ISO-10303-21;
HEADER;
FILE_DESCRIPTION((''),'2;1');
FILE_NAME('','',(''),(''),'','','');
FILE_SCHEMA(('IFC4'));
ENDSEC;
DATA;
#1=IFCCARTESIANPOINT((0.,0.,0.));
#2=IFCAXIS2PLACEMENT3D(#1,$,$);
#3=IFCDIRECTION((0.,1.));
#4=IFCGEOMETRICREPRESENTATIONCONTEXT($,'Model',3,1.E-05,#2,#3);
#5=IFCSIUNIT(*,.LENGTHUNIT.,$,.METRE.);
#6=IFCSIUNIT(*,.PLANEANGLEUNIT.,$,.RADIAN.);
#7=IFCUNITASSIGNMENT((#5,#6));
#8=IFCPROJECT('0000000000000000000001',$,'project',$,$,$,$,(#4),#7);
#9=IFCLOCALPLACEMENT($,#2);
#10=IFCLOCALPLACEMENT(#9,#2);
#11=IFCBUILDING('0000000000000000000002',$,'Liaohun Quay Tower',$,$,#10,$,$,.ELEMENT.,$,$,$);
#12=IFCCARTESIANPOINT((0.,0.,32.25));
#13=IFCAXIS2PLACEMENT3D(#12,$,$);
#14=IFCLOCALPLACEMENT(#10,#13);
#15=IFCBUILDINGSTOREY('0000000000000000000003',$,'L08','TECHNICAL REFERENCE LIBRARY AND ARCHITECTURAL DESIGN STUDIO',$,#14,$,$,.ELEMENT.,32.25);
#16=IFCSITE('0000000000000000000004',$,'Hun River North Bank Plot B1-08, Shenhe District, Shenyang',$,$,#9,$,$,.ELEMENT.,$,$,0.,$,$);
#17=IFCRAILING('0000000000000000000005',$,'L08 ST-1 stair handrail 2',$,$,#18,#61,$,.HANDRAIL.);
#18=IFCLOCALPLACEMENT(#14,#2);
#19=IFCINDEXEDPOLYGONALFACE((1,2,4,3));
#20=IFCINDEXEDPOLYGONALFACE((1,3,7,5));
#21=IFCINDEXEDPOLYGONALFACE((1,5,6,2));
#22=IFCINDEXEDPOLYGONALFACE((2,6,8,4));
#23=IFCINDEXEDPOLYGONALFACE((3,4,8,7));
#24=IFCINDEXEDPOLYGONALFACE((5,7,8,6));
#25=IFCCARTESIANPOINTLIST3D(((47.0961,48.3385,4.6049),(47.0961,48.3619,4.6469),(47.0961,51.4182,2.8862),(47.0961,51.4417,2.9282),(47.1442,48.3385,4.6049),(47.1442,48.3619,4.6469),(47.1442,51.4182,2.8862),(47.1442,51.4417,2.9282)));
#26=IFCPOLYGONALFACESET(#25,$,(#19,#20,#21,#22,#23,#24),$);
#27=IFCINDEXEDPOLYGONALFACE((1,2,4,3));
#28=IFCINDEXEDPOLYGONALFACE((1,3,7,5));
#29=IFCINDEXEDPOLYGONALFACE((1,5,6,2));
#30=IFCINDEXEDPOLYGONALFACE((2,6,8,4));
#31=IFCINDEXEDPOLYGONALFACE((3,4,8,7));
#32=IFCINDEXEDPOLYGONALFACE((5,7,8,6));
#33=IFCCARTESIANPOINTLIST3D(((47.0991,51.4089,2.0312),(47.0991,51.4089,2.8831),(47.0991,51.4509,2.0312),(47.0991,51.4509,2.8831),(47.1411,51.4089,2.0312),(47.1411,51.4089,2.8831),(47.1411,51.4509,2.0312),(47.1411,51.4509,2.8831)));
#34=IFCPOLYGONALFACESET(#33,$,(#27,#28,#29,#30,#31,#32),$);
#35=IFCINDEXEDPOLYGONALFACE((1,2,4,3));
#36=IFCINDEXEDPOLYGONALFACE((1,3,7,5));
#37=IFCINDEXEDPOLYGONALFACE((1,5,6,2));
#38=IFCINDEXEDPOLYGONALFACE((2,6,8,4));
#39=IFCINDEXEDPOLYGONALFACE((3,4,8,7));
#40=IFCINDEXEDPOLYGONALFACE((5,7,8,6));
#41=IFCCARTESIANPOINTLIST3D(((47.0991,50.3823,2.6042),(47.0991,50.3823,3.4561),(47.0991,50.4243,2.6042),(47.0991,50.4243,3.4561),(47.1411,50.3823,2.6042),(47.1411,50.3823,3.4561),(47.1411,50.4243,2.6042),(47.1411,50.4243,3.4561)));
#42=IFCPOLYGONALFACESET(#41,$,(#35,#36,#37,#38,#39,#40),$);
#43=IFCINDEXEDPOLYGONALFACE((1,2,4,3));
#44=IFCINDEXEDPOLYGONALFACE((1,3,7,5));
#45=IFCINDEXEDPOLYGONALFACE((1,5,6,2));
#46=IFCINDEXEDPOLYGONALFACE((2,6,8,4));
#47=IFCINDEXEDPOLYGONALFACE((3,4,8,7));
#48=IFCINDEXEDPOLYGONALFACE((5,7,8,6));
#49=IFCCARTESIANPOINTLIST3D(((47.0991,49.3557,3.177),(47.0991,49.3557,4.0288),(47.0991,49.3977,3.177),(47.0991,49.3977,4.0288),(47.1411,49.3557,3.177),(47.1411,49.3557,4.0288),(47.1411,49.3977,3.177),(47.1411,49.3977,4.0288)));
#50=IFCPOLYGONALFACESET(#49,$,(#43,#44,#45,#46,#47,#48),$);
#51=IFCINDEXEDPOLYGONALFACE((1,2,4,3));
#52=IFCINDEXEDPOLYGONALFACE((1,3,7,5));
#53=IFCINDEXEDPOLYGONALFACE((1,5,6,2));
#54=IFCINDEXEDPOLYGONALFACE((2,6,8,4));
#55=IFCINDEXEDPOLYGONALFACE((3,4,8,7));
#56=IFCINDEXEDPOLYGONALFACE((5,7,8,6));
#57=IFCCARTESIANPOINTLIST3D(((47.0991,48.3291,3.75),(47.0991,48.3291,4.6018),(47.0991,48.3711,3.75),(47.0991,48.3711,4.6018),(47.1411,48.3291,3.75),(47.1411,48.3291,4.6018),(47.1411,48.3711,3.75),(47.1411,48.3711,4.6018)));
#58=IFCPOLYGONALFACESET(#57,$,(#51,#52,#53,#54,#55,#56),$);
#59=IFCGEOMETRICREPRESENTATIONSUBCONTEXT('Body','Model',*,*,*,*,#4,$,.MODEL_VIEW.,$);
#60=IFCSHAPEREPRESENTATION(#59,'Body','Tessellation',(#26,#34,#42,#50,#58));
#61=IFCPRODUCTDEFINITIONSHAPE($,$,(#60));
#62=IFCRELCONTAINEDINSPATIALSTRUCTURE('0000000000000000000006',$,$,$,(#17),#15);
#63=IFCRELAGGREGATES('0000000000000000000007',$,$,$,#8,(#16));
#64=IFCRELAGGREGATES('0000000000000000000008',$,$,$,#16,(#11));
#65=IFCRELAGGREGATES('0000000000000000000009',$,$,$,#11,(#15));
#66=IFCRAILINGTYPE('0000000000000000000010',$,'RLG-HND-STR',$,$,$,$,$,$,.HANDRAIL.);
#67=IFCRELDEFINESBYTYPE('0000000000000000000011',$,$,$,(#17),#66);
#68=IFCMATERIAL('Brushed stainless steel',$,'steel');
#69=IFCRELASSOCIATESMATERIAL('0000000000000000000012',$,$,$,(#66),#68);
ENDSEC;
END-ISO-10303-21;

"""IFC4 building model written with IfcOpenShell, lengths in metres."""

from ifc_helpers import new_model, si_unit, direction, frame, origin, origin_2d, place, context, subcontext, project, spatial, rectangle, extrude, material, type_object, element, save


model = new_model("IFC4")

# Units and contexts
model_context = context("Model", 3, precision=1e-05, world=origin(), true_north=direction((0.0, 1.0)))
body_context = subcontext(model_context, "Body", "Model", "MODEL_VIEW")
ifc_project = project(units=[si_unit("LENGTHUNIT", "METRE"), si_unit("PLANEANGLEUNIT", "RADIAN")], contexts=[model_context])

# Site, building, storey
site_placement = place(None, origin())
site = spatial("IfcSite", under=ifc_project, at=site_placement, Name="Hun River North Bank Plot B1-08, Shenhe District, Shenyang", CompositionType="ELEMENT", RefElevation=0.0)
building_placement = place(site_placement, origin())
building = spatial("IfcBuilding", under=site, at=building_placement, Name="Liaohun Quay Tower", CompositionType="ELEMENT")
storey_placement = place(building_placement, frame((0.0, 0.0, 32.25)))
storey = spatial("IfcBuildingStorey", under=building, at=storey_placement, Name="L08", Description="TECHNICAL REFERENCE LIBRARY AND ARCHITECTURAL DESIGN STUDIO", CompositionType="ELEMENT", Elevation=32.25)

# Railing
ifc_material_1 = material(Name="Brushed stainless steel", Category="steel")
railing_type_1 = type_object("IfcRailingType", Name="RLG-HND-STR", PredefinedType="HANDRAIL", material=ifc_material_1)
railing_1_placement = place(storey_placement, frame((47.1201, 51.4299, 2.0312)))
element("IfcRailing", 1, at=railing_1_placement, inside=storey, type_object=railing_type_1, Name="L08 ST-1 stair handrail 2", PredefinedType="HANDRAIL", context=body_context, shape_type="SweptSolid", body=[
    extrude(rectangle(XDim=0.0481, YDim=0.0481, at=origin_2d()), frame((0.0, 0.0, 0.876), z_axis=(0.0, -0.873225, 0.487317), x_axis=(1.0, 0.0, 0.0)), (0.0, 0.0, 1.0), 3.5269),
    extrude(rectangle(XDim=0.042, YDim=0.042, at=origin_2d()), origin(), (0.0, 0.0, 1.0), 0.8518),
    extrude(rectangle(XDim=0.042, YDim=0.042, at=origin_2d()), frame((0.0, -1.0266, 0.573)), (0.0, 0.0, 1.0), 0.8518),
    extrude(rectangle(XDim=0.042, YDim=0.042, at=origin_2d()), frame((0.0, -2.0532, 1.1458)), (0.0, 0.0, 1.0), 0.8518),
    extrude(rectangle(XDim=0.042, YDim=0.042, at=origin_2d()), frame((0.0, -3.0798, 1.7188)), (0.0, 0.0, 1.0), 0.8518),
])

save(model, "model.ifc")
